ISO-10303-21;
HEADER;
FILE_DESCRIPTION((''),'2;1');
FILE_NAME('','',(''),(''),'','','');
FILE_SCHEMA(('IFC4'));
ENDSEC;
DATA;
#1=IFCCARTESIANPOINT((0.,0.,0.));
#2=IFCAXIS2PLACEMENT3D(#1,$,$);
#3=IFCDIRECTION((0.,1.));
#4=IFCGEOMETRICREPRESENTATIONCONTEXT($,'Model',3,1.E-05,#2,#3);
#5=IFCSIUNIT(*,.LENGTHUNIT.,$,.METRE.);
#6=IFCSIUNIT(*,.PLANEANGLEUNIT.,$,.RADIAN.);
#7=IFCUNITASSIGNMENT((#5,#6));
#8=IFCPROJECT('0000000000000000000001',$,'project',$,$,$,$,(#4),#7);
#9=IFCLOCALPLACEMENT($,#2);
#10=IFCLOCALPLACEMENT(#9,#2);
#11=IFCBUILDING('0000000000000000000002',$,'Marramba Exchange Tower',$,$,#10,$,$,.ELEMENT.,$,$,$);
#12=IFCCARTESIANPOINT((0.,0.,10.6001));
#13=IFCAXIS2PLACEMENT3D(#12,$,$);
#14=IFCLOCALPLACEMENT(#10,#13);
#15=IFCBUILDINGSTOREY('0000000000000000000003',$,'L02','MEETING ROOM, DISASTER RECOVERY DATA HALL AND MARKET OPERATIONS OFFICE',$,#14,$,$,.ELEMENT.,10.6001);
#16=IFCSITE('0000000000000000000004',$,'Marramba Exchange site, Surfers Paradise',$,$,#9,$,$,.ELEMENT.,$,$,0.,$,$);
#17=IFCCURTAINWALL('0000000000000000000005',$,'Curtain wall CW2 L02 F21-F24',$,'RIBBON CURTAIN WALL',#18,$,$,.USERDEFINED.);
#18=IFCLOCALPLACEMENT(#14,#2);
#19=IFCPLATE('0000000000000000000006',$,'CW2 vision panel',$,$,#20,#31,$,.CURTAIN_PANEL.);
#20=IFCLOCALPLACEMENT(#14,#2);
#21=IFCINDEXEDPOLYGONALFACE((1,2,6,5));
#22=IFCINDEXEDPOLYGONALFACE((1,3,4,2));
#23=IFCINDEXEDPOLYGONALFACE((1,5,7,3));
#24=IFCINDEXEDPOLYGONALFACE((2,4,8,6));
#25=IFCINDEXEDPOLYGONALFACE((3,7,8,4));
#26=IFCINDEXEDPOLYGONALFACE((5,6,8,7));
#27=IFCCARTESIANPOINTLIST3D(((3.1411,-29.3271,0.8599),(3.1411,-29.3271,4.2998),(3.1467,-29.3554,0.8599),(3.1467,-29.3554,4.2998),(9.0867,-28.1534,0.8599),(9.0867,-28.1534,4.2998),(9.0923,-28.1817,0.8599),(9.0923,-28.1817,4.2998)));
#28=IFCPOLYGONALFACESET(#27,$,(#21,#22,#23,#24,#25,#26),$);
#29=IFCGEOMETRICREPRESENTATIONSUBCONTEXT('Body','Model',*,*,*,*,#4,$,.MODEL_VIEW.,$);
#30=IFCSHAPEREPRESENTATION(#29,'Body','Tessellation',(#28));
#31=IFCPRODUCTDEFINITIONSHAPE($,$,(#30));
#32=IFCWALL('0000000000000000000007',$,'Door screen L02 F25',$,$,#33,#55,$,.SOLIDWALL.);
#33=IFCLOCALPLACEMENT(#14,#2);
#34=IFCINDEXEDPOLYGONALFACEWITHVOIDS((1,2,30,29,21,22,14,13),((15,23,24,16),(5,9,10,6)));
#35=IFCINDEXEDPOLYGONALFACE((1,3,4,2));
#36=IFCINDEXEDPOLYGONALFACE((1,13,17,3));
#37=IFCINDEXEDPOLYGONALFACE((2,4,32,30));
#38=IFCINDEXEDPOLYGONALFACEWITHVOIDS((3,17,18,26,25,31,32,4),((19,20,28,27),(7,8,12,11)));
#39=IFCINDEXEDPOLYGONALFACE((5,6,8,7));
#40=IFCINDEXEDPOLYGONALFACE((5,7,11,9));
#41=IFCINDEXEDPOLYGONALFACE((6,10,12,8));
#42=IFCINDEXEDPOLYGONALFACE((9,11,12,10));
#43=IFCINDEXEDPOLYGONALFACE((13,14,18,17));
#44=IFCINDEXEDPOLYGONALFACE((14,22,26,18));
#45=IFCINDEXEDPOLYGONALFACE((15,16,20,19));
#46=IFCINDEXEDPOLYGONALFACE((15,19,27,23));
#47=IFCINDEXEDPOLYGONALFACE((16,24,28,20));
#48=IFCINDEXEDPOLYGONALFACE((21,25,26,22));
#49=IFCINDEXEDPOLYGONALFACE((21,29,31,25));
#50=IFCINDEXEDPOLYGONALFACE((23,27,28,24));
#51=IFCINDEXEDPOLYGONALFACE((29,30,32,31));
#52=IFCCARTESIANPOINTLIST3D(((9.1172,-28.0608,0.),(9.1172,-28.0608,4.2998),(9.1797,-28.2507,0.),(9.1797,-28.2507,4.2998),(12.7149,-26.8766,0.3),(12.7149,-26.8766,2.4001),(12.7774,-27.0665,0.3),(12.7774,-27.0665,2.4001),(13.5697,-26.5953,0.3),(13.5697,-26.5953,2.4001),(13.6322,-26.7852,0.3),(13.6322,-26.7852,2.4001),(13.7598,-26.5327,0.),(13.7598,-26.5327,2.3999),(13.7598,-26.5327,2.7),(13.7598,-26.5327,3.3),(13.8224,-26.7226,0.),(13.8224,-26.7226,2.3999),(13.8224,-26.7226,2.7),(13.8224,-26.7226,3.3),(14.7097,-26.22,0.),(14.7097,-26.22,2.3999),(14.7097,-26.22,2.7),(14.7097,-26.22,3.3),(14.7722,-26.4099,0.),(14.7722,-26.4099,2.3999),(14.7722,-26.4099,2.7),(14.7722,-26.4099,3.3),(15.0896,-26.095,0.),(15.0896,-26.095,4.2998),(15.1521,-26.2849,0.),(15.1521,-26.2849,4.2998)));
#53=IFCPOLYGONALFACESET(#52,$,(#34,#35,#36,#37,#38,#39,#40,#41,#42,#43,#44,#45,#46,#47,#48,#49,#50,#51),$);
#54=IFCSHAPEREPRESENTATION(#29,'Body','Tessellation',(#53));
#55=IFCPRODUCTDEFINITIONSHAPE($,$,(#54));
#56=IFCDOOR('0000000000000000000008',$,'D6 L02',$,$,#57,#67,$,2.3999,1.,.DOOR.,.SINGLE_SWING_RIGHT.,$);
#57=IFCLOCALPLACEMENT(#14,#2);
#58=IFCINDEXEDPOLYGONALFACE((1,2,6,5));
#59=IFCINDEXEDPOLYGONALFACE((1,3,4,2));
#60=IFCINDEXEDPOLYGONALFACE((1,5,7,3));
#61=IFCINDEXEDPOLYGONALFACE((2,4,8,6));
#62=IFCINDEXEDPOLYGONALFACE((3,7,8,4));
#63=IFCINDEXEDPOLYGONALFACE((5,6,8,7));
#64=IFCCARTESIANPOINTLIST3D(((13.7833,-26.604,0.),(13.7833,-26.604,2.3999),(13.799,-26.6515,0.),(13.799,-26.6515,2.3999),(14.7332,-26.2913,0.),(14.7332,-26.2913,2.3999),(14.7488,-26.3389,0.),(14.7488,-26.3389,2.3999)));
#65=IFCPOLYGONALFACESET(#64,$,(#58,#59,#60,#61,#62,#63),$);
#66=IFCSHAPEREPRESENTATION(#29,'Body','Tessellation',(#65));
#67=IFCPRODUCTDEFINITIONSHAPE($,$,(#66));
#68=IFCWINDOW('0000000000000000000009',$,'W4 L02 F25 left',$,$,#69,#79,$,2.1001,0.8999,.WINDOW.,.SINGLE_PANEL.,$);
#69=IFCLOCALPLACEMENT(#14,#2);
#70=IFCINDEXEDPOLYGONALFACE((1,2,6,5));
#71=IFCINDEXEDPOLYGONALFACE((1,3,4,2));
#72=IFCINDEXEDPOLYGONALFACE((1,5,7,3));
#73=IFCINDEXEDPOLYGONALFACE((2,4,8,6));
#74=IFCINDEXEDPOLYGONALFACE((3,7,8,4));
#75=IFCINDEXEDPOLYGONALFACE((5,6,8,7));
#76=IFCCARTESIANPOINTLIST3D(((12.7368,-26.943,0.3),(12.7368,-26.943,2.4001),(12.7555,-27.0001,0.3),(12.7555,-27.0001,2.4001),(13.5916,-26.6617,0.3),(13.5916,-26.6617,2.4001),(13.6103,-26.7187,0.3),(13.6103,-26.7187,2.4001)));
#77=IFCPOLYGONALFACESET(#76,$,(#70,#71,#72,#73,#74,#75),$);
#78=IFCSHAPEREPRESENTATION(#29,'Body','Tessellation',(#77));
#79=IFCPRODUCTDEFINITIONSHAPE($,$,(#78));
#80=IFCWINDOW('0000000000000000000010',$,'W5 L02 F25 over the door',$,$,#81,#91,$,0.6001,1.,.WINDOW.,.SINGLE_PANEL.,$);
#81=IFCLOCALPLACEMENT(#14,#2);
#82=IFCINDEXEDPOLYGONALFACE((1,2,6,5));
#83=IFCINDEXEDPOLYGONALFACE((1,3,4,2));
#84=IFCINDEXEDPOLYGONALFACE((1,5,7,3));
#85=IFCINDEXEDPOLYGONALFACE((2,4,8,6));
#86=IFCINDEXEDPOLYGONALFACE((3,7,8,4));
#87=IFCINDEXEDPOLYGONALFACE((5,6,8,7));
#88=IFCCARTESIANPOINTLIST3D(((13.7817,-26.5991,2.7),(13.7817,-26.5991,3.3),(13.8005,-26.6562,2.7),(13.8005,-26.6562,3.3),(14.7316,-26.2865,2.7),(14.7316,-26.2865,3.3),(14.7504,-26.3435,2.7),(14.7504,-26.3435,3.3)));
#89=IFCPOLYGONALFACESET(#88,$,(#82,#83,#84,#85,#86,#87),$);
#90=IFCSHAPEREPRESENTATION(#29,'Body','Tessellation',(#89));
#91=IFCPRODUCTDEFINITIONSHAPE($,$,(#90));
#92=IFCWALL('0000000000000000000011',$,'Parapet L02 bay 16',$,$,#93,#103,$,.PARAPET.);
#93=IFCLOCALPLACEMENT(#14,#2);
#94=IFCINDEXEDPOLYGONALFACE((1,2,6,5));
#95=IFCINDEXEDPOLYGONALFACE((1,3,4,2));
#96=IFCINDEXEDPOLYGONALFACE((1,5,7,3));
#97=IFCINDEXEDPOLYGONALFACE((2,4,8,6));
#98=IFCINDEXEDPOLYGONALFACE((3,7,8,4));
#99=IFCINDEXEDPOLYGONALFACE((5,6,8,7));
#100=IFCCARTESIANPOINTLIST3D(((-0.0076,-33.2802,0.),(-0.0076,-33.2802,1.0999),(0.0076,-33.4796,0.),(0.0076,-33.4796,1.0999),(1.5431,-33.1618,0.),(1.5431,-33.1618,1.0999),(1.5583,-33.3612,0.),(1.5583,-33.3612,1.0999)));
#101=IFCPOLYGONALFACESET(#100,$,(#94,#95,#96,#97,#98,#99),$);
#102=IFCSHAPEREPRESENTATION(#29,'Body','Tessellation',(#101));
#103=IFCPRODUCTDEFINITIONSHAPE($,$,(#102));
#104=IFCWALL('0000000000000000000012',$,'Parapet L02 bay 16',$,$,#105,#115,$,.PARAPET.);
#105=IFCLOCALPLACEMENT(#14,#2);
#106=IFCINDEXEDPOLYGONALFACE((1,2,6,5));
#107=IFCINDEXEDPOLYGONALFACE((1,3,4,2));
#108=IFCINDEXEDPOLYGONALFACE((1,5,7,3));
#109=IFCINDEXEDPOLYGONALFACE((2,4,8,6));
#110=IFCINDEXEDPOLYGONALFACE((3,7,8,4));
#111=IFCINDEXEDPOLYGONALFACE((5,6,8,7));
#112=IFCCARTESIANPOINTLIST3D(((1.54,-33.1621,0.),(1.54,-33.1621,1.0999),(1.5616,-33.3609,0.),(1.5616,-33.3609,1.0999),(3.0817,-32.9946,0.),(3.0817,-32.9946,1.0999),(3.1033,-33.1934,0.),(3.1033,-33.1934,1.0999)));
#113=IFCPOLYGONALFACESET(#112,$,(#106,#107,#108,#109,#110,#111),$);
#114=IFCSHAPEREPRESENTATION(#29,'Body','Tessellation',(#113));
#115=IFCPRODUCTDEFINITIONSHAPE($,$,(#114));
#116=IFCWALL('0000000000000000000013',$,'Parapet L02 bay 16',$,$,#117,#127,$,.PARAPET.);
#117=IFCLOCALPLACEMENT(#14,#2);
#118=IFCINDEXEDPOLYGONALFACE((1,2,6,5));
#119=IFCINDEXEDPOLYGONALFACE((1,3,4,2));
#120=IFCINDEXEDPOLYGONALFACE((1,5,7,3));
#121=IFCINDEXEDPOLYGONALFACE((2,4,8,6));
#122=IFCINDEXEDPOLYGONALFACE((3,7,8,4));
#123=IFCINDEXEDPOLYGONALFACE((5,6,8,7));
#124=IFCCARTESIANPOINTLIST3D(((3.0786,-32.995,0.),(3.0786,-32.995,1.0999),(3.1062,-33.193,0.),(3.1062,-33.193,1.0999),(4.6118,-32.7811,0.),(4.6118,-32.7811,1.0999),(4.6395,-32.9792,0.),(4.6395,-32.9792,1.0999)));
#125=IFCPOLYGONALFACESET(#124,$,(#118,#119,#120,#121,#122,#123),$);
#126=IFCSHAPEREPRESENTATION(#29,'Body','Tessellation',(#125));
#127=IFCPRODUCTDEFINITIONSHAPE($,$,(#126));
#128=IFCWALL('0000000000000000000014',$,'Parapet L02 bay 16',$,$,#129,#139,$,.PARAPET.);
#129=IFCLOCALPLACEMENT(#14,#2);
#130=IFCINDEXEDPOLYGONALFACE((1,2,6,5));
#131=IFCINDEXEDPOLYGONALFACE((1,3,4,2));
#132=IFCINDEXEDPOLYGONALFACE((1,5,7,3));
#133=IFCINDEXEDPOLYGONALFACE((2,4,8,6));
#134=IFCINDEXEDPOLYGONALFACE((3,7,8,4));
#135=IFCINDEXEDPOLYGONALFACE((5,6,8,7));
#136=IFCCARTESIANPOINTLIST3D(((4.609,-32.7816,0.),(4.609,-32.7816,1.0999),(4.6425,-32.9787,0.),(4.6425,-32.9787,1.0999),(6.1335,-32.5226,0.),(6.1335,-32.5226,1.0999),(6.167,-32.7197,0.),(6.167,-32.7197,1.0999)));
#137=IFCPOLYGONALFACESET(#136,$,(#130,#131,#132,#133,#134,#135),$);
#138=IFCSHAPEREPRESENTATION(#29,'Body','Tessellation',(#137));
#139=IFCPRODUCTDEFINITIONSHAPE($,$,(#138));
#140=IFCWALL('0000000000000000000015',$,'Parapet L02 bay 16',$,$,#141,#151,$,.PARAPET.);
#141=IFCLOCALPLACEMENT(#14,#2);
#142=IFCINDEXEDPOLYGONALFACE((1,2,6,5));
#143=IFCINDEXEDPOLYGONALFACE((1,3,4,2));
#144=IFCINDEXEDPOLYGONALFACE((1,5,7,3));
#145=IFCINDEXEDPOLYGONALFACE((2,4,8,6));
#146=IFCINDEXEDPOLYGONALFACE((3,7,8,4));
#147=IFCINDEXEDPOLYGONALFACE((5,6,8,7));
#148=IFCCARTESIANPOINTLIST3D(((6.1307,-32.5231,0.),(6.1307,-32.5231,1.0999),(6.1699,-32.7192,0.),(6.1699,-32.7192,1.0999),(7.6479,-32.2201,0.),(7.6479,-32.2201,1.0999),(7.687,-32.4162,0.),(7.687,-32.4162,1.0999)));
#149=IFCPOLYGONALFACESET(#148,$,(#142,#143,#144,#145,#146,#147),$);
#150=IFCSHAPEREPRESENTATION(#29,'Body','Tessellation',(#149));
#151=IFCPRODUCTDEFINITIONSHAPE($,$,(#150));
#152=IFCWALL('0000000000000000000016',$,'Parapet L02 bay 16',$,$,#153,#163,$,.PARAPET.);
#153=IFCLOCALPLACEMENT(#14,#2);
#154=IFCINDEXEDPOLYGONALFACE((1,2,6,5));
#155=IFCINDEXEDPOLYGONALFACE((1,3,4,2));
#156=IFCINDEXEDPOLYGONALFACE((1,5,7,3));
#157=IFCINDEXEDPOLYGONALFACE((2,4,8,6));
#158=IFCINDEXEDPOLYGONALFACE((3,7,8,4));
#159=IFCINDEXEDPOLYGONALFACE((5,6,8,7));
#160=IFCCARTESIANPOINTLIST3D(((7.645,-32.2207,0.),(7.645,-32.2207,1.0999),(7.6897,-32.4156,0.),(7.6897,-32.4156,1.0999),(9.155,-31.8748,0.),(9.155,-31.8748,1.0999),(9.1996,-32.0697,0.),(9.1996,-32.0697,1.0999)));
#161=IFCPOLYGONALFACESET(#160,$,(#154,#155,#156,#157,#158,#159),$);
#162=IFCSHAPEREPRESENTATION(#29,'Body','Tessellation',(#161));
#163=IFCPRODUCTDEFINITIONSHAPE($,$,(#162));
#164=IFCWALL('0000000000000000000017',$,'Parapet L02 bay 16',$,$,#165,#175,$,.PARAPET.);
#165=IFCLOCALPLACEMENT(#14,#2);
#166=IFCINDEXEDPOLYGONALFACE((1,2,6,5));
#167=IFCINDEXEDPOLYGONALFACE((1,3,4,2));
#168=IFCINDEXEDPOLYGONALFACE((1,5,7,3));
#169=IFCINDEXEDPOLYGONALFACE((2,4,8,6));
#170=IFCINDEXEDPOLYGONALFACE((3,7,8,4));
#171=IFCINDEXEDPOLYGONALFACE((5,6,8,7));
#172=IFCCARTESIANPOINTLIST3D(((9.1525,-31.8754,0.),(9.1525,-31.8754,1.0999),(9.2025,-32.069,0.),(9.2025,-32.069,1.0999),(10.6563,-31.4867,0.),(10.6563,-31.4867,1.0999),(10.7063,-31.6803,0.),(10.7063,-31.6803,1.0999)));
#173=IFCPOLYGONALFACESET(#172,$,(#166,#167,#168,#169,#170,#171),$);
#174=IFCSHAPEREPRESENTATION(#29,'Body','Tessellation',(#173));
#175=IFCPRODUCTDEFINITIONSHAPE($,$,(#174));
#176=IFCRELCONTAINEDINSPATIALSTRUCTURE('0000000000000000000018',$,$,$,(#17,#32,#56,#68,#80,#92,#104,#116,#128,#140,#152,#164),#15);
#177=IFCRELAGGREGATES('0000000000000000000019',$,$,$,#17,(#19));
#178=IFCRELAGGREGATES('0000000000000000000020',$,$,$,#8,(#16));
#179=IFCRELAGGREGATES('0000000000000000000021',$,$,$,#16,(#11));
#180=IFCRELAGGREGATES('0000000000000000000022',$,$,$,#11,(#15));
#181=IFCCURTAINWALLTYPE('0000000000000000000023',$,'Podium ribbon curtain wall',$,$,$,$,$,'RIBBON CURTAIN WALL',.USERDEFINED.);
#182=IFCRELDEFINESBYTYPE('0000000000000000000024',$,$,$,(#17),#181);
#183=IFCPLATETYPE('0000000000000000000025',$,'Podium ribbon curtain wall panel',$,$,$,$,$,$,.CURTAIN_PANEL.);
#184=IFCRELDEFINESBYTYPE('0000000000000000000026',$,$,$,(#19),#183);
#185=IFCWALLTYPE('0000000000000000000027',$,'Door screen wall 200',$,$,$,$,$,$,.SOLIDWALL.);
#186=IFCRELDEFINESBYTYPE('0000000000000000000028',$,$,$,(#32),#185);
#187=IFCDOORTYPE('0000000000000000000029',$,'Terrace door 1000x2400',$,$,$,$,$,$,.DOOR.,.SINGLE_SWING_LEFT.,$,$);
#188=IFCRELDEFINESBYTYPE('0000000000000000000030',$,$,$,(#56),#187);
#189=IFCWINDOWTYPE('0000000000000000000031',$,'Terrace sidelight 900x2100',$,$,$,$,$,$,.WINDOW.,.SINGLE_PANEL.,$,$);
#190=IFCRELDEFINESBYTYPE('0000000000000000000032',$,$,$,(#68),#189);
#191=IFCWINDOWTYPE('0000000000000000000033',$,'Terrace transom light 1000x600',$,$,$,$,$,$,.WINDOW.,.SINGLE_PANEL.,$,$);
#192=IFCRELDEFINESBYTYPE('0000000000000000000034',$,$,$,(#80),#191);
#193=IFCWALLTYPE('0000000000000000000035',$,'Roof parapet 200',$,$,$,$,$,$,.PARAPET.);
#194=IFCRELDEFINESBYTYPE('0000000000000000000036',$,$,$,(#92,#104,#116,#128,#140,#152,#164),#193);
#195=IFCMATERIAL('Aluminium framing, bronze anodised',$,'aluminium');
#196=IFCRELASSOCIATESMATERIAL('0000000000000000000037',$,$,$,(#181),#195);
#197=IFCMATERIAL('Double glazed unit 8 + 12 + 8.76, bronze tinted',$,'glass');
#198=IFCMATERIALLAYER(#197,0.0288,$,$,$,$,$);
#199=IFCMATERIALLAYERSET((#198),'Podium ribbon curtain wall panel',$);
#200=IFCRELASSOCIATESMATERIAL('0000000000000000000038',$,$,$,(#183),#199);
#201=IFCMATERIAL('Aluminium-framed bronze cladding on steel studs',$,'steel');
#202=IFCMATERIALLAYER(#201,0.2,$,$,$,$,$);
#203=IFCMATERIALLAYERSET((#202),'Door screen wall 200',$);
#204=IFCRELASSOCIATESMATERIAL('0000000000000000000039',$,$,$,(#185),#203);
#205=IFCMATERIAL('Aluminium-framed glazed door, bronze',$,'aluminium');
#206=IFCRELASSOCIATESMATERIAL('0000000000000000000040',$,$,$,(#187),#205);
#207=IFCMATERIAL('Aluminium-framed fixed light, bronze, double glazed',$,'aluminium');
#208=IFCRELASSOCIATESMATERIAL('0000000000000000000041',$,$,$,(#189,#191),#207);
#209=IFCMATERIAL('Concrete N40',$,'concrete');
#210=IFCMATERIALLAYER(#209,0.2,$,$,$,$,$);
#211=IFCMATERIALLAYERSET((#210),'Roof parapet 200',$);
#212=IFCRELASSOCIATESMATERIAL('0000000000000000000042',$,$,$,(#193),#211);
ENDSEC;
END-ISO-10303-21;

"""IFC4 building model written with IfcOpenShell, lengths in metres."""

from ifc_helpers import new_model, si_unit, direction, frame, frame_2d, origin, origin_2d, place, context, subcontext, project, spatial, rectangle, extrude, material, layer, layer_set, type_object, element, fill, aggregate, save


model = new_model("IFC4")

# Units and contexts
model_context = context("Model", 3, precision=1e-05, world=origin(), true_north=direction((0.0, 1.0)))
body_context = subcontext(model_context, "Body", "Model", "MODEL_VIEW")
ifc_project = project(units=[si_unit("LENGTHUNIT", "METRE"), si_unit("PLANEANGLEUNIT", "RADIAN")], contexts=[model_context])

# Site, building, storey
site_placement = place(None, origin())
site = spatial("IfcSite", under=ifc_project, at=site_placement, Name="Marramba Exchange site, Surfers Paradise", CompositionType="ELEMENT", RefElevation=0.0)
building_placement = place(site_placement, origin())
building = spatial("IfcBuilding", under=site, at=building_placement, Name="Marramba Exchange Tower", CompositionType="ELEMENT")
storey_placement = place(building_placement, frame((0.0, 0.0, 10.6001)))
storey = spatial("IfcBuildingStorey", under=building, at=storey_placement, Name="L02", Description="MEETING ROOM, DISASTER RECOVERY DATA HALL AND MARKET OPERATIONS OFFICE", CompositionType="ELEMENT", Elevation=10.6001)

# Curtain wall
ifc_material_1 = material(Name="Aluminium framing, bronze anodised", Category="aluminium")
curtain_wall_type = type_object("IfcCurtainWallType", Name="Podium ribbon curtain wall", ElementType="RIBBON CURTAIN WALL", PredefinedType="USERDEFINED", material=ifc_material_1)
curtain_wall_placement = place(storey_placement, origin())
curtain_wall = element("IfcCurtainWall", 1, at=curtain_wall_placement, inside=storey, type_object=curtain_wall_type, Name="Curtain wall CW2 L02 F21-F24", ObjectType="RIBBON CURTAIN WALL", PredefinedType="USERDEFINED")

# Plate
ifc_material_2 = material(Name="Double glazed unit 8 + 12 + 8.76, bronze tinted", Category="glass")
ifc_layer_1 = layer(ifc_material_2, 0.0288)
ifc_layer_set_1 = layer_set([ifc_layer_1], Name="Podium ribbon curtain wall panel")
plate_type = type_object("IfcPlateType", Name="Podium ribbon curtain wall panel", PredefinedType="CURTAIN_PANEL", material=ifc_layer_set_1)
plate_1_placement = place(storey_placement, frame((6.1167, -28.7544, 0.8599), z_axis=(0.0, 0.0, 1.0), x_axis=(0.981067, 0.193668, 0.0)))
plate_1 = element("IfcPlate", 2, at=plate_1_placement, type_object=plate_type, Name="CW2 vision panel", PredefinedType="CURTAIN_PANEL", context=body_context, shape_type="SweptSolid", body=[
    extrude(rectangle(XDim=6.0603, YDim=0.0288, at=origin_2d()), origin(), (0.0, 0.0, 1.0), 3.4399),
])
aggregate(curtain_wall, [plate_1])

# Wall, openings, door, windows
ifc_material_3 = material(Name="Aluminium-framed bronze cladding on steel studs", Category="steel")
ifc_layer_2 = layer(ifc_material_3, 0.2)
ifc_layer_set_2 = layer_set([ifc_layer_2], Name="Door screen wall 200")
wall_type_1 = type_object("IfcWallType", Name="Door screen wall 200", PredefinedType="SOLIDWALL", material=ifc_layer_set_2)
wall_1_placement = place(storey_placement, frame((9.1484, -28.1558, 0.0), z_axis=(0.0, 0.0, 1.0), x_axis=(0.949869, 0.312649, 0.0)))
wall_1 = element("IfcWall", 3, at=wall_1_placement, inside=storey, type_object=wall_type_1, Name="Door screen L02 F25", PredefinedType="SOLIDWALL", context=body_context, shape_type="SweptSolid", body=[
    extrude(rectangle(XDim=6.2876, YDim=0.2, at=frame_2d((3.1438, 0.0))), origin(), (0.0, 0.0, 1.0), 4.2998),
])
opening_1_placement = place(wall_1_placement, frame((4.8877, 0.0, 0.0)))
opening_1 = element("IfcOpeningElement", 4, at=opening_1_placement, cuts=wall_1, PredefinedType="OPENING", context=body_context, shape_type="SweptSolid", body=[
    extrude(rectangle(XDim=1.0, YDim=2.3999, at=frame_2d((0.5, 1.2))), frame((0.0, 0.1099, 0.0), z_axis=(0.0, -1.0, 0.0), x_axis=(1.0, 0.0, 0.0)), (0.0, 0.0, 1.0), 0.22),
])
opening_2_placement = place(wall_1_placement, frame((3.7876, 0.0, 0.3)))
opening_2 = element("IfcOpeningElement", 5, at=opening_2_placement, cuts=wall_1, PredefinedType="OPENING", context=body_context, shape_type="SweptSolid", body=[
    extrude(rectangle(XDim=0.8999, YDim=2.1001, at=frame_2d((0.45, 1.05))), frame((0.0, 0.1099, 0.0), z_axis=(0.0, -1.0, 0.0), x_axis=(1.0, 0.0, 0.0)), (0.0, 0.0, 1.0), 0.22),
])
opening_3_placement = place(wall_1_placement, frame((4.8877, 0.0, 2.7)))
opening_3 = element("IfcOpeningElement", 6, at=opening_3_placement, cuts=wall_1, PredefinedType="OPENING", context=body_context, shape_type="SweptSolid", body=[
    extrude(rectangle(XDim=1.0, YDim=0.6001, at=frame_2d((0.5, 0.3))), frame((0.0, 0.1099, 0.0), z_axis=(0.0, -1.0, 0.0), x_axis=(1.0, 0.0, 0.0)), (0.0, 0.0, 1.0), 0.22),
])
ifc_material_4 = material(Name="Aluminium-framed glazed door, bronze", Category="aluminium")
door_type = type_object("IfcDoorType", Name="Terrace door 1000x2400", OperationType="SINGLE_SWING_LEFT", PredefinedType="DOOR", material=ifc_material_4)
door_placement = place(opening_1_placement, frame((1.0, 0.0, 0.0), z_axis=(0.0, 0.0, 1.0), x_axis=(-1.0, 0.0, 0.0)))
door = element("IfcDoor", 7, at=door_placement, inside=storey, type_object=door_type, Name="D6 L02", OperationType="SINGLE_SWING_RIGHT", OverallHeight=2.3999, OverallWidth=1.0, PredefinedType="DOOR", context=body_context, shape_type="SweptSolid", body=[
    extrude(rectangle(XDim=1.0, YDim=2.3999, at=frame_2d((0.5, 1.2))), frame((0.0, 0.0251, 0.0), z_axis=(0.0, -1.0, 0.0), x_axis=(1.0, 0.0, 0.0)), (0.0, 0.0, 1.0), 0.05),
])
fill(opening_1, door)
ifc_material_5 = material(Name="Aluminium-framed fixed light, bronze, double glazed", Category="aluminium")
window_type_1 = type_object("IfcWindowType", Name="Terrace sidelight 900x2100", PartitioningType="SINGLE_PANEL", PredefinedType="WINDOW", material=ifc_material_5)
window_1_placement = place(opening_2_placement, origin())
window_1 = element("IfcWindow", 8, at=window_1_placement, inside=storey, type_object=window_type_1, Name="W4 L02 F25 left", OverallHeight=2.1001, OverallWidth=0.8999, PartitioningType="SINGLE_PANEL", PredefinedType="WINDOW", context=body_context, shape_type="SweptSolid", body=[
    extrude(rectangle(XDim=0.8999, YDim=2.1001, at=frame_2d((0.45, 1.05))), frame((0.0, 0.03, 0.0), z_axis=(0.0, -1.0, 0.0), x_axis=(1.0, 0.0, 0.0)), (0.0, 0.0, 1.0), 0.0601),
])
fill(opening_2, window_1)
window_type_2 = type_object("IfcWindowType", Name="Terrace transom light 1000x600", PartitioningType="SINGLE_PANEL", PredefinedType="WINDOW", material=ifc_material_5)
window_2_placement = place(opening_3_placement, origin())
window_2 = element("IfcWindow", 9, at=window_2_placement, inside=storey, type_object=window_type_2, Name="W5 L02 F25 over the door", OverallHeight=0.6001, OverallWidth=1.0, PartitioningType="SINGLE_PANEL", PredefinedType="WINDOW", context=body_context, shape_type="SweptSolid", body=[
    extrude(rectangle(XDim=1.0, YDim=0.6001, at=frame_2d((0.5, 0.3))), frame((0.0, 0.03, 0.0), z_axis=(0.0, -1.0, 0.0), x_axis=(1.0, 0.0, 0.0)), (0.0, 0.0, 1.0), 0.0601),
])
fill(opening_3, window_2)

# Walls
ifc_material_6 = material(Name="Concrete N40", Category="concrete")
ifc_layer_3 = layer(ifc_material_6, 0.2)
ifc_layer_set_3 = layer_set([ifc_layer_3], Name="Roof parapet 200")
wall_type_2 = type_object("IfcWallType", Name="Roof parapet 200", PredefinedType="PARAPET", material=ifc_layer_set_3)
wall_2_placement = place(storey_placement, frame((0.0, -33.3799, 0.0), z_axis=(0.0, 0.0, 1.0), x_axis=(0.997098, 0.076132, 0.0)))
element("IfcWall", 10, at=wall_2_placement, inside=storey, type_object=wall_type_2, Name="Parapet L02 bay 16", PredefinedType="PARAPET", context=body_context, shape_type="SweptSolid", body=[
    extrude(rectangle(XDim=1.5552, YDim=0.2, at=frame_2d((0.7776, 0.0))), origin(), (0.0, 0.0, 1.0), 1.0999),
])
wall_3_placement = place(storey_placement, frame((1.5508, -33.2615, 0.0), z_axis=(0.0, 0.0, 1.0), x_axis=(0.994151, 0.107995, 0.0)))
element("IfcWall", 11, at=wall_3_placement, inside=storey, type_object=wall_type_2, Name="Parapet L02 bay 16", PredefinedType="PARAPET", context=body_context, shape_type="SweptSolid", body=[
    extrude(rectangle(XDim=1.5508, YDim=0.2, at=frame_2d((0.7754, 0.0))), origin(), (0.0, 0.0, 1.0), 1.0999),
])
wall_4_placement = place(storey_placement, frame((3.0925, -33.094, 0.0), z_axis=(0.0, 0.0, 1.0), x_axis=(0.990411, 0.138153, 0.0)))
element("IfcWall", 12, at=wall_4_placement, inside=storey, type_object=wall_type_2, Name="Parapet L02 bay 16", PredefinedType="PARAPET", context=body_context, shape_type="SweptSolid", body=[
    extrude(rectangle(XDim=1.5481, YDim=0.2, at=frame_2d((0.7739, 0.0))), origin(), (0.0, 0.0, 1.0), 1.0999),
])
wall_5_placement = place(storey_placement, frame((4.6257, -32.8801, 0.0), z_axis=(0.0, 0.0, 1.0), x_axis=(0.985873, 0.167496, 0.0)))
element("IfcWall", 13, at=wall_5_placement, inside=storey, type_object=wall_type_2, Name="Parapet L02 bay 16", PredefinedType="PARAPET", context=body_context, shape_type="SweptSolid", body=[
    extrude(rectangle(XDim=1.5464, YDim=0.2, at=frame_2d((0.7732, 0.0))), origin(), (0.0, 0.0, 1.0), 1.0999),
])
wall_6_placement = place(storey_placement, frame((6.1504, -32.6211, 0.0), z_axis=(0.0, 0.0, 1.0), x_axis=(0.980635, 0.195843, 0.0)))
element("IfcWall", 14, at=wall_6_placement, inside=storey, type_object=wall_type_2, Name="Parapet L02 bay 16", PredefinedType="PARAPET", context=body_context, shape_type="SweptSolid", body=[
    extrude(rectangle(XDim=1.5471, YDim=0.2, at=frame_2d((0.7734, 0.0))), origin(), (0.0, 0.0, 1.0), 1.0999),
])
wall_7_placement = place(storey_placement, frame((7.6675, -32.3181, 0.0), z_axis=(0.0, 0.0, 1.0), x_axis=(0.974746, 0.223317, 0.0)))
element("IfcWall", 15, at=wall_7_placement, inside=storey, type_object=wall_type_2, Name="Parapet L02 bay 16", PredefinedType="PARAPET", context=body_context, shape_type="SweptSolid", body=[
    extrude(rectangle(XDim=1.5491, YDim=0.2, at=frame_2d((0.7744, 0.0))), origin(), (0.0, 0.0, 1.0), 1.0999),
])
wall_8_placement = place(storey_placement, frame((9.1775, -31.9722, 0.0), z_axis=(0.0, 0.0, 1.0), x_axis=(0.968189, 0.25022, 0.0)))
element("IfcWall", 16, at=wall_8_placement, inside=storey, type_object=wall_type_2, Name="Parapet L02 bay 16", PredefinedType="PARAPET", context=body_context, shape_type="SweptSolid", body=[
    extrude(rectangle(XDim=1.5532, YDim=0.2, at=frame_2d((0.7766, 0.0))), origin(), (0.0, 0.0, 1.0), 1.0999),
])

save(model, "model.ifc")
